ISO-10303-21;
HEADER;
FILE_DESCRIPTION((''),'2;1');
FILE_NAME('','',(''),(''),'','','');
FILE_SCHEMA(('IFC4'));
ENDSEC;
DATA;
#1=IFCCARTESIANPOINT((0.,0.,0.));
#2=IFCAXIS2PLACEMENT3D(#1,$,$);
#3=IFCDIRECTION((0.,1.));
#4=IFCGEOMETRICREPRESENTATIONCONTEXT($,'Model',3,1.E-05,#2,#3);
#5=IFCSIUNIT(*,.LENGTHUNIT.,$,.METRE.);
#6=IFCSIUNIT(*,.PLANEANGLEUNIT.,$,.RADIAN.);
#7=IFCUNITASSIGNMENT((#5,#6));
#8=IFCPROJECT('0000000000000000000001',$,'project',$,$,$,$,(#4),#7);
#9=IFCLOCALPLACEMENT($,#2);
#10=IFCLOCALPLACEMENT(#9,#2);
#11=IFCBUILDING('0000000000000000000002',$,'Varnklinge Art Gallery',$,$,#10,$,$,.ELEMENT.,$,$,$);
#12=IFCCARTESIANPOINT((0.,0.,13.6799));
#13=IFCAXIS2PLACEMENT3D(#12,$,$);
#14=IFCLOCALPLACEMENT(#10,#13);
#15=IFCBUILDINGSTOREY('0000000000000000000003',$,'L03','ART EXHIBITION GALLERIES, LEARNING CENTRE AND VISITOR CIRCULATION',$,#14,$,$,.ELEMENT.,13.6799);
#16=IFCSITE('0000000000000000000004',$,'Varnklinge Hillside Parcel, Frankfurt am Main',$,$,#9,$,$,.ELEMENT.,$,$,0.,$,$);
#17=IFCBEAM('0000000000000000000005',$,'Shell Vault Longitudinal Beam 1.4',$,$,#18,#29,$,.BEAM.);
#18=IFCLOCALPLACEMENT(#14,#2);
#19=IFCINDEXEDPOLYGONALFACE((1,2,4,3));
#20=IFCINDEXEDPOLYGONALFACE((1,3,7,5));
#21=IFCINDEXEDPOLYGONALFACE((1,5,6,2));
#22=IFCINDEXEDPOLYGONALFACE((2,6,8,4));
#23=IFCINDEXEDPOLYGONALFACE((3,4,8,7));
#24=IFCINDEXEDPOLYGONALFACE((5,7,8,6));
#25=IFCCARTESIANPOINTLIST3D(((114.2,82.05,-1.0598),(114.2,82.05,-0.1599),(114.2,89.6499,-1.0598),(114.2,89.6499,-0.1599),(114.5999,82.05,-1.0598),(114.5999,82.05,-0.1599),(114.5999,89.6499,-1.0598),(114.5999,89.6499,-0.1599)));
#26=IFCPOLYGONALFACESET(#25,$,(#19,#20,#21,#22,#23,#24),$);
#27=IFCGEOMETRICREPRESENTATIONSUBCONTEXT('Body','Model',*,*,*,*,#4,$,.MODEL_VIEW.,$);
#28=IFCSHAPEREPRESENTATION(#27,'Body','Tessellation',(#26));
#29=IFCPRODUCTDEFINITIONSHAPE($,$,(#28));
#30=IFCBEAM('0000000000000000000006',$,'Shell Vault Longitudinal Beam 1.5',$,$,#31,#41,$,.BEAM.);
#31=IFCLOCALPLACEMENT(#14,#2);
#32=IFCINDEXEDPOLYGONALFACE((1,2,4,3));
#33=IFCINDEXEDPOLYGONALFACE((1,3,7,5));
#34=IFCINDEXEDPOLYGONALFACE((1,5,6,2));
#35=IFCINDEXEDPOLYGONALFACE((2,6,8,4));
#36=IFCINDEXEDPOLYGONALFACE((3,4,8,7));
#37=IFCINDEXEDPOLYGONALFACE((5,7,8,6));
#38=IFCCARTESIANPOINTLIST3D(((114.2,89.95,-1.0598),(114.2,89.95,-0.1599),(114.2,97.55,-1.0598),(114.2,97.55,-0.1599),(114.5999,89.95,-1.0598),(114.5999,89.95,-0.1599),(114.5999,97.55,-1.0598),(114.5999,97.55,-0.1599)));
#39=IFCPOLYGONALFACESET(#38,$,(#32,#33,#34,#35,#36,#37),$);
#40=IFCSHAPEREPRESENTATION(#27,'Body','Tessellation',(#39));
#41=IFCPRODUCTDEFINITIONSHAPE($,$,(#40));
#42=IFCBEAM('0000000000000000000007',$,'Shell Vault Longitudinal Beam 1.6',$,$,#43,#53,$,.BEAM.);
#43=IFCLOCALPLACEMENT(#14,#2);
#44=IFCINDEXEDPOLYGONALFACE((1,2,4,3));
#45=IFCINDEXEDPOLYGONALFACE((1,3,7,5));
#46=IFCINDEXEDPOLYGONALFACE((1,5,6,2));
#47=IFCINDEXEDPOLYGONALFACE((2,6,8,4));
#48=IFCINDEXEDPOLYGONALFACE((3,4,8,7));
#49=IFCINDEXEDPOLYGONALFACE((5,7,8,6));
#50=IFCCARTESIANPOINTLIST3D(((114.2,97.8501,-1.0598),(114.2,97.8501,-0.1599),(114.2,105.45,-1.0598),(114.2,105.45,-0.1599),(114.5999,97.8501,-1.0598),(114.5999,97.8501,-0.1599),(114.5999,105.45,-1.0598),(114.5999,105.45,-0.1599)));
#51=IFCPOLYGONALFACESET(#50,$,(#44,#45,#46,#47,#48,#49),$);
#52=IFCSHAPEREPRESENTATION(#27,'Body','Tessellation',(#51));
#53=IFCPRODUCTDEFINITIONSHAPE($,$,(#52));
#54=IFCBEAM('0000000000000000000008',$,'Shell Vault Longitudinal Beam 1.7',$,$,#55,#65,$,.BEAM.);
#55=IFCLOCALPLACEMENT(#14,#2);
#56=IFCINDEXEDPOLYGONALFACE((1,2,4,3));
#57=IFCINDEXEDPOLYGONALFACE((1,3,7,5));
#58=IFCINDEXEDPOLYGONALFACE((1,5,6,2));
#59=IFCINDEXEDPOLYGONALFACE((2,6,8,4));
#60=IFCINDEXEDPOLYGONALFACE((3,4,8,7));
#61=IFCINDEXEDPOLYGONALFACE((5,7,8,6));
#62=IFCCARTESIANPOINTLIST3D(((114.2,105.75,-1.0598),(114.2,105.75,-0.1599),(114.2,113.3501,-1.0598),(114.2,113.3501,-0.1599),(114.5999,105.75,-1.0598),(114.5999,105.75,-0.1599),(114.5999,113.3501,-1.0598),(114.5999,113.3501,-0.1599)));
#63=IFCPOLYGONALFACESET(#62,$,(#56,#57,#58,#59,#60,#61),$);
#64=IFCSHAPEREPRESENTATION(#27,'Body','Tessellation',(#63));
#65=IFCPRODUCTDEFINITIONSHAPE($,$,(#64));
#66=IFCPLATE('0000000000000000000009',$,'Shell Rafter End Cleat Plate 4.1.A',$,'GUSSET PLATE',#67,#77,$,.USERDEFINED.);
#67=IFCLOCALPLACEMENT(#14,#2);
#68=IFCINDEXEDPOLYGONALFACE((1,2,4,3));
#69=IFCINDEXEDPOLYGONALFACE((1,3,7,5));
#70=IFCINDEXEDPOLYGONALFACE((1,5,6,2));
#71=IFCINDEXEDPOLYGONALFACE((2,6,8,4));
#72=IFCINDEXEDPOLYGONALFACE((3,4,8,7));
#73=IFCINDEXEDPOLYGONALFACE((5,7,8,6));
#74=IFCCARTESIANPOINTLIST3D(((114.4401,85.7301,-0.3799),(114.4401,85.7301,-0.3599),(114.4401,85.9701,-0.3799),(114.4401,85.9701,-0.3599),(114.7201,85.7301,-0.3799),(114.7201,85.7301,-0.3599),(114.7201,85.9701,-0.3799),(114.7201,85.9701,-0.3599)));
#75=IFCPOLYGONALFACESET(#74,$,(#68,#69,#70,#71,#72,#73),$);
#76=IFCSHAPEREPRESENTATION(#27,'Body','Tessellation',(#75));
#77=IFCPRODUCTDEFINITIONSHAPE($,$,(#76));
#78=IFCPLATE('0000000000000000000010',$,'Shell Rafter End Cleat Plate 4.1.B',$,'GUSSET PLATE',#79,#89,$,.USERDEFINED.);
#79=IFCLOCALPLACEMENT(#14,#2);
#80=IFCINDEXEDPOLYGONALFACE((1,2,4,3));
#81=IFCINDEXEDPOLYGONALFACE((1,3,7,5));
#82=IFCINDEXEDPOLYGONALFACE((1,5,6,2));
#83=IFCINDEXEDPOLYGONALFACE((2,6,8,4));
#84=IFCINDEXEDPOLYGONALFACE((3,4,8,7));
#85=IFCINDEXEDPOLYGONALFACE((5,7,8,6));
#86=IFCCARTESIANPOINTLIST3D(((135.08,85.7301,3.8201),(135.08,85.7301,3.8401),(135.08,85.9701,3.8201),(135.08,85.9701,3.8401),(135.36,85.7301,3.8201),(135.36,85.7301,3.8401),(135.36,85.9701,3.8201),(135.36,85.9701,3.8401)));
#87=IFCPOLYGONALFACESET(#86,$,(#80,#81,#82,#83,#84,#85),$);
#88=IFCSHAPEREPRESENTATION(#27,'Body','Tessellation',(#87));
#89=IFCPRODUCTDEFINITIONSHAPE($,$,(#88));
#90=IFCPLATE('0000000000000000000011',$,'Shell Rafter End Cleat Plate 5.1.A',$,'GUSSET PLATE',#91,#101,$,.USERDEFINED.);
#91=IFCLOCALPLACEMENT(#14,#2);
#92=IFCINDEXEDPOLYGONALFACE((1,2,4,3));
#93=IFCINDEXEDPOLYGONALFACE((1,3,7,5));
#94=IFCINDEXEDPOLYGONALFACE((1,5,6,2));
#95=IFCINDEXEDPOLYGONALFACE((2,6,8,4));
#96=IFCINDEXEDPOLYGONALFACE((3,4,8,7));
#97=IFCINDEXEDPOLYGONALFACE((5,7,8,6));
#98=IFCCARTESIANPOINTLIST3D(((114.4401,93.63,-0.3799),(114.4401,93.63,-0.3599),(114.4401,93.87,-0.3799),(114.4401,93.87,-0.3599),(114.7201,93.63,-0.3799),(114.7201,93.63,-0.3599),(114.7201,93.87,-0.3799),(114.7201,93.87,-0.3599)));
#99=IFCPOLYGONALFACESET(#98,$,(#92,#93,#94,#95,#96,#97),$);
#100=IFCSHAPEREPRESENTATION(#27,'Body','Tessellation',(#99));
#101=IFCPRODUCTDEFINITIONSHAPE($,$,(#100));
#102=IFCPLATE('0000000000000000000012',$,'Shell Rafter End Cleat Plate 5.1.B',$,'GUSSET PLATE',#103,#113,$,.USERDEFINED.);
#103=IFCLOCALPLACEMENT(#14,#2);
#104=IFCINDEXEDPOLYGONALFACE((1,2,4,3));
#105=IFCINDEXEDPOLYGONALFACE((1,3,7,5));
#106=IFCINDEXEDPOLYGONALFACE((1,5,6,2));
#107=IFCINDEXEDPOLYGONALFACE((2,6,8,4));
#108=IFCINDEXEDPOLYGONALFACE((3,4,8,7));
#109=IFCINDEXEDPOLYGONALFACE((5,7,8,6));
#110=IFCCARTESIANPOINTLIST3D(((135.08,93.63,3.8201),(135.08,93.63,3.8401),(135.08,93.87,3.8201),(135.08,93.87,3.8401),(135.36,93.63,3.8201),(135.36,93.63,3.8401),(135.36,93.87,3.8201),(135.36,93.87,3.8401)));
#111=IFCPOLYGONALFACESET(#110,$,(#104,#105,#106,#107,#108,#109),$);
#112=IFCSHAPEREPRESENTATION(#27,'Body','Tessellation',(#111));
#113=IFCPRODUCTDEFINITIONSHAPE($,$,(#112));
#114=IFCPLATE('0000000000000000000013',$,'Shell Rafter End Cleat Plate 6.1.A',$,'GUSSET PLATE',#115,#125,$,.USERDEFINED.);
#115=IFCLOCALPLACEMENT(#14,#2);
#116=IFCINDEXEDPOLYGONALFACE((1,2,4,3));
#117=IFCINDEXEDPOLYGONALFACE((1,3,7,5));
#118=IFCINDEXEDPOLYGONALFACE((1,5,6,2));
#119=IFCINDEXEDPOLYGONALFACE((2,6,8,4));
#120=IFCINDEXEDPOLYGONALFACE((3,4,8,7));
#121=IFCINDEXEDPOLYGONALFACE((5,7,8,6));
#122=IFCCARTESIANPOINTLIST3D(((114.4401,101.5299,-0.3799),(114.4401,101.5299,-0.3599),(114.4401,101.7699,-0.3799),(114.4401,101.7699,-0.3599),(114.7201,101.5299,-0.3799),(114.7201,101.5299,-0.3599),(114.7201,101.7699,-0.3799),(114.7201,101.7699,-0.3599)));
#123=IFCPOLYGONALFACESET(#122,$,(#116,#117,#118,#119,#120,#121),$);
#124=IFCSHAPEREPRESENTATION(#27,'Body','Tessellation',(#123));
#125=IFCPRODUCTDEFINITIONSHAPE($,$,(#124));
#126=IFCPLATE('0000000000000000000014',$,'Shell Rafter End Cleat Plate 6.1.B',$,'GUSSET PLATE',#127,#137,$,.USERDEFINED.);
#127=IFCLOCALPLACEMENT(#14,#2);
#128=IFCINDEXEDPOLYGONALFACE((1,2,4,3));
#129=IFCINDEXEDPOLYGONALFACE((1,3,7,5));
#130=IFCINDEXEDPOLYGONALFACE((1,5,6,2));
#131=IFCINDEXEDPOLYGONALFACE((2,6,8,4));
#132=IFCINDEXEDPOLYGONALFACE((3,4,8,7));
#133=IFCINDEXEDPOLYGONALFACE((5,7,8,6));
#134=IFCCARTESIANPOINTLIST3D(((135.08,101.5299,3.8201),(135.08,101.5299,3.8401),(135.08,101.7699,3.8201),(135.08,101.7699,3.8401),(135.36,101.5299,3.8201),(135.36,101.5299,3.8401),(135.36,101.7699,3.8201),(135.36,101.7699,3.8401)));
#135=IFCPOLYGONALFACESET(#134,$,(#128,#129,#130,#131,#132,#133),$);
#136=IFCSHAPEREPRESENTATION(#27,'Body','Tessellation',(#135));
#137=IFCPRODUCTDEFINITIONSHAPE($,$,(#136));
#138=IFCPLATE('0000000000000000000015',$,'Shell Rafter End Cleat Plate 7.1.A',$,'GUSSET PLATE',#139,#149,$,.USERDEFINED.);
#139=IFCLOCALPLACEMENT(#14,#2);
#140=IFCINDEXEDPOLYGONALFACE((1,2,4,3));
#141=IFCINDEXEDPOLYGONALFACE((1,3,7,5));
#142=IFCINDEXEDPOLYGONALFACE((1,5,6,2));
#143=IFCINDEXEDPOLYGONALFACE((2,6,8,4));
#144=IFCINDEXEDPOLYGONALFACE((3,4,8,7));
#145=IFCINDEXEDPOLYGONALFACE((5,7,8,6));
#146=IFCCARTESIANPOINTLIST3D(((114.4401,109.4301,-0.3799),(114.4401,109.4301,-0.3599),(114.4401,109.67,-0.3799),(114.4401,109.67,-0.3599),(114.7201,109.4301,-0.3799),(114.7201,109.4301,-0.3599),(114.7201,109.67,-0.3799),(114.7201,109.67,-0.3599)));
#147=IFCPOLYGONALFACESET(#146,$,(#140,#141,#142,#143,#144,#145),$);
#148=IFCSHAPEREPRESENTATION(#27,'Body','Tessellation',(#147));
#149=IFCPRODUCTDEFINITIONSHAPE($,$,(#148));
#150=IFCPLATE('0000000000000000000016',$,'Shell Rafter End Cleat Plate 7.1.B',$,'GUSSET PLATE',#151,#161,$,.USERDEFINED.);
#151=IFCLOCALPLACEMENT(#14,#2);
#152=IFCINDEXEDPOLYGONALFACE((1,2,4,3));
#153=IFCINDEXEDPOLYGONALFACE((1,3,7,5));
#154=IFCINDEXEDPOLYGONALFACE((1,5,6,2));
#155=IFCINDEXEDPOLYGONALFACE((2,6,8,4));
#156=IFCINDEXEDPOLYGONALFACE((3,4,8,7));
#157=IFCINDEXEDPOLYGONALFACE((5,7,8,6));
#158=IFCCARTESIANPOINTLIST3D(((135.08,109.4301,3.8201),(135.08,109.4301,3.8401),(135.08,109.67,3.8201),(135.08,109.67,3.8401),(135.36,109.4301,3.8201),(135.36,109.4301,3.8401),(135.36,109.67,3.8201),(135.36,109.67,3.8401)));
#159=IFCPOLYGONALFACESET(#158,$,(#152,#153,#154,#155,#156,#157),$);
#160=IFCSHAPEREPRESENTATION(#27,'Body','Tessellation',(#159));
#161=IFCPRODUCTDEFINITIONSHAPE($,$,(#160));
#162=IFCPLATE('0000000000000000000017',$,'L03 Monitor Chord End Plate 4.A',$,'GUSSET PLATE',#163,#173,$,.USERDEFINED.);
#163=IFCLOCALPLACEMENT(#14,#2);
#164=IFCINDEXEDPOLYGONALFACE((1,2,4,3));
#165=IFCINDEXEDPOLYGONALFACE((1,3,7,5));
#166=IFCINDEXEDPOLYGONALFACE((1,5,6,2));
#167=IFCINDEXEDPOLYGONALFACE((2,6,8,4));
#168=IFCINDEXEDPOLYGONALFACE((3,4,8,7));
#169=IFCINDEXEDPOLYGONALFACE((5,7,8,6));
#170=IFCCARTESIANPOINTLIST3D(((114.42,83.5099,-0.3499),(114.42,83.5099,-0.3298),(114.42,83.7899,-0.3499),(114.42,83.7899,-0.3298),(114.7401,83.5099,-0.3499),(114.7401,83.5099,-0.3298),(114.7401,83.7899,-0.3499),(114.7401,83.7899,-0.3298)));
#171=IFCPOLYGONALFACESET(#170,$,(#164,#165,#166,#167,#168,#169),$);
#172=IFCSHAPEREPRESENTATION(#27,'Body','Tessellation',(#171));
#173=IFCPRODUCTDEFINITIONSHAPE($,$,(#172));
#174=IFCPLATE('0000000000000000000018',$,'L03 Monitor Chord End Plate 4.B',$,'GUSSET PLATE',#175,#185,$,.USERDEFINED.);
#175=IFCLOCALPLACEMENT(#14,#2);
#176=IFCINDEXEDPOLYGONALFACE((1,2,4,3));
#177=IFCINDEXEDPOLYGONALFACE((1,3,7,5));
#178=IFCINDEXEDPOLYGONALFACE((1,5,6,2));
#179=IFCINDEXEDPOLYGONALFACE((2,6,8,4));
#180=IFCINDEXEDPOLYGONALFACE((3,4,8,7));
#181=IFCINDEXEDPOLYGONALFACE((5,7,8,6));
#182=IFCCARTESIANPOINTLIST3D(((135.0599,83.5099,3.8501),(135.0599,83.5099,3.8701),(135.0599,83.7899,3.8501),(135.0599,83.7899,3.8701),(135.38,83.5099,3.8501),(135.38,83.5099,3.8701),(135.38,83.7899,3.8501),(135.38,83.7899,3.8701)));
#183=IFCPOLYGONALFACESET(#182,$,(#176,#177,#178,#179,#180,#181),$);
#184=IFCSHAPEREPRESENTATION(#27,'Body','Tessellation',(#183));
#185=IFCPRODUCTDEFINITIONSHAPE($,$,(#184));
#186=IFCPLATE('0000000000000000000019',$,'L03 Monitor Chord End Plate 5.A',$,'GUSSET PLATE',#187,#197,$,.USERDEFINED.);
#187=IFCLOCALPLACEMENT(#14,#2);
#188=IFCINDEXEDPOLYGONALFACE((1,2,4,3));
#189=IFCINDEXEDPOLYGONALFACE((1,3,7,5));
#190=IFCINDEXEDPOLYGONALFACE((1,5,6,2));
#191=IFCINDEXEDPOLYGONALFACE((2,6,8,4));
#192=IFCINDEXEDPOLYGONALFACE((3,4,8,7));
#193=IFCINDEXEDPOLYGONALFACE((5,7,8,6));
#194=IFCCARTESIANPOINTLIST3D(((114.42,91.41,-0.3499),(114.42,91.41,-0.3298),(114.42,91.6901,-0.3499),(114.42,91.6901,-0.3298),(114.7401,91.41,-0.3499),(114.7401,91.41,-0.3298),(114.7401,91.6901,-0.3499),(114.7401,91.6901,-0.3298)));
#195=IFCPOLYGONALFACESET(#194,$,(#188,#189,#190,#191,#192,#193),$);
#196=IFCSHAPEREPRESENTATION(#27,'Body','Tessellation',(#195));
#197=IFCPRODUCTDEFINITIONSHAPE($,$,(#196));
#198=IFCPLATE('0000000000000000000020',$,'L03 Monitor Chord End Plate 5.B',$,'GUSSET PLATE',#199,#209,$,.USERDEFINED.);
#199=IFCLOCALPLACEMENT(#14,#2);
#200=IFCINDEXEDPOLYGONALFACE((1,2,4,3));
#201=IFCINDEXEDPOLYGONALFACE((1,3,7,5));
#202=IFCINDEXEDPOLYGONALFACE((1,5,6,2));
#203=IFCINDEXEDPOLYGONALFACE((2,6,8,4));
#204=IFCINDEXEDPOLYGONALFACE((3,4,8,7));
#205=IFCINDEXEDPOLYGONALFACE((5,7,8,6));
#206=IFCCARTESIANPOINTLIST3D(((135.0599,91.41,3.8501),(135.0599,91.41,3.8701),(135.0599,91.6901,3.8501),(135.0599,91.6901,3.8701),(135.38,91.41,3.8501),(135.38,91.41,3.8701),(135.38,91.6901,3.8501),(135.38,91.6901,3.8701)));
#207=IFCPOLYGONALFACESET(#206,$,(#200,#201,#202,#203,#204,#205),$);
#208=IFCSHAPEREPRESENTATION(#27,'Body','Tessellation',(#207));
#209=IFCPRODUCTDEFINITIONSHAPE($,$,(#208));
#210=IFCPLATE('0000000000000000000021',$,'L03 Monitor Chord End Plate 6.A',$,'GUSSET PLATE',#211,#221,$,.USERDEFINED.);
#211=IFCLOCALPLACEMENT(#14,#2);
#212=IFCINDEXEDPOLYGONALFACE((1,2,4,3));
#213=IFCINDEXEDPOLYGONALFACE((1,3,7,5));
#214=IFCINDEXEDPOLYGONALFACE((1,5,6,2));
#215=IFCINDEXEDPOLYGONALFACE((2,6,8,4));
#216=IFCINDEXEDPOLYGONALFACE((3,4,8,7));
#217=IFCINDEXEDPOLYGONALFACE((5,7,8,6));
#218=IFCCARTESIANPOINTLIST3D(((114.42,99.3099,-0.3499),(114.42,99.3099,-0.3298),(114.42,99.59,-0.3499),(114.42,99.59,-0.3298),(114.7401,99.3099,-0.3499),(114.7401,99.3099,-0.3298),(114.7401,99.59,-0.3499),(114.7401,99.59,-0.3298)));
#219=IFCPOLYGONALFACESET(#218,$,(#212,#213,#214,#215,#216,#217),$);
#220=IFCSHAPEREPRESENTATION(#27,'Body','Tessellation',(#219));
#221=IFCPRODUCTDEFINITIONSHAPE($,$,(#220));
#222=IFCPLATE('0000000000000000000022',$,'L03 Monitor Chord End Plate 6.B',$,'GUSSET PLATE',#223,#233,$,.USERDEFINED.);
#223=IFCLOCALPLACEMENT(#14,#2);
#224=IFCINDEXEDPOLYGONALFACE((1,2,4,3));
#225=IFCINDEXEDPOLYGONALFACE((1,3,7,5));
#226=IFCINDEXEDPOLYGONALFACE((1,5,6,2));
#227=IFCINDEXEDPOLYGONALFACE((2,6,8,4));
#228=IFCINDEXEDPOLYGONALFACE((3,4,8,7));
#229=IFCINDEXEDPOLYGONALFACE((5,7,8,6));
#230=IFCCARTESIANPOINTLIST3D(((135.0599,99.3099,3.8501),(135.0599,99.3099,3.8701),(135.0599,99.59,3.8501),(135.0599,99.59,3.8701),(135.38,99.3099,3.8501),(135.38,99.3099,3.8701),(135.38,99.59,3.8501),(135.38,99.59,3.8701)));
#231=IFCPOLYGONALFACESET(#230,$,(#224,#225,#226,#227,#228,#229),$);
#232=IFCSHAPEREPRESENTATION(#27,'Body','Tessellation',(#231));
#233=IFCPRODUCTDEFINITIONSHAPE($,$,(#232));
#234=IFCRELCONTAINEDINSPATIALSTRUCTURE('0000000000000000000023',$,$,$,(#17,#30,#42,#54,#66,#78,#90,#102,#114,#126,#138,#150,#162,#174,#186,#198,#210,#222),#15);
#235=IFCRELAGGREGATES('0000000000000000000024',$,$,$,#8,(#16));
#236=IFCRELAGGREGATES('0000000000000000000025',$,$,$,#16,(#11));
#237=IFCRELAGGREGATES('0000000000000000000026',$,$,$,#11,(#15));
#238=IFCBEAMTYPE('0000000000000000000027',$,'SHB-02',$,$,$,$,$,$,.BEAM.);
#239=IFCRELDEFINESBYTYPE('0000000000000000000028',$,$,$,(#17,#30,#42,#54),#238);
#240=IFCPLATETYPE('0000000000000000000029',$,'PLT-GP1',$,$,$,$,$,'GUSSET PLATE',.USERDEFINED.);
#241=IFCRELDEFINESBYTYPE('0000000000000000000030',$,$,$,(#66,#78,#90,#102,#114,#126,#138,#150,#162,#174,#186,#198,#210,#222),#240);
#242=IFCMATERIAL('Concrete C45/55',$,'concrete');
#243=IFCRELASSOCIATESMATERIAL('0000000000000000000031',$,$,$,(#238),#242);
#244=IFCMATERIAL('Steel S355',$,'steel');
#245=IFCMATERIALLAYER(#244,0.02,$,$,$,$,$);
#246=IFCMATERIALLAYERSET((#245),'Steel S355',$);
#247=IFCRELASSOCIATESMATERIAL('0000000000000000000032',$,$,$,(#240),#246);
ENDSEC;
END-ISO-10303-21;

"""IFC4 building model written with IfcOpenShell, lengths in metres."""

from ifc_helpers import new_model, si_unit, direction, frame, origin, origin_2d, place, context, subcontext, project, spatial, rectangle, extrude, material, layer, layer_set, material_profile, profile_set, type_object, element, save


model = new_model("IFC4")

# Units and contexts
model_context = context("Model", 3, precision=1e-05, world=origin(), true_north=direction((0.0, 1.0)))
body_context = subcontext(model_context, "Body", "Model", "MODEL_VIEW")
ifc_project = project(units=[si_unit("LENGTHUNIT", "METRE"), si_unit("PLANEANGLEUNIT", "RADIAN")], contexts=[model_context])

# Site, building, storey
site_placement = place(None, origin())
site = spatial("IfcSite", under=ifc_project, at=site_placement, Name="Varnklinge Hillside Parcel, Frankfurt am Main", CompositionType="ELEMENT", RefElevation=0.0)
building_placement = place(site_placement, origin())
building = spatial("IfcBuilding", under=site, at=building_placement, Name="Varnklinge Art Gallery", CompositionType="ELEMENT")
storey_placement = place(building_placement, frame((0.0, 0.0, 13.6799)))
storey = spatial("IfcBuildingStorey", under=building, at=storey_placement, Name="L03", Description="ART EXHIBITION GALLERIES, LEARNING CENTRE AND VISITOR CIRCULATION", CompositionType="ELEMENT", Elevation=13.6799)

# Beams
ifc_material_1 = material(Name="Concrete C45/55", Category="concrete")
ifc_material_profile_1 = material_profile(ifc_material_1, rectangle(XDim=0.3999, YDim=0.8999, at=origin_2d()), Name="RC 400x900")
ifc_profile_set_1 = profile_set([ifc_material_profile_1], Name="Concrete C45/55")
beam_type_1 = type_object("IfcBeamType", Name="SHB-02", PredefinedType="BEAM", material=ifc_profile_set_1)
beam_1_placement = place(storey_placement, frame((114.3999, 82.05, -0.6099), z_axis=(0.0, 1.0, 0.0), x_axis=(-1.0, 0.0, 0.0)))
element("IfcBeam", 1, at=beam_1_placement, inside=storey, type_object=beam_type_1, Name="Shell Vault Longitudinal Beam 1.4", PredefinedType="BEAM", context=body_context, shape_type="SweptSolid", body=[
    extrude(rectangle(XDim=0.3999, YDim=0.8999, at=origin_2d()), origin(), (0.0, 0.0, 1.0), 7.5999),
])
beam_2_placement = place(storey_placement, frame((114.3999, 89.95, -0.6099), z_axis=(0.0, 1.0, 0.0), x_axis=(-1.0, 0.0, 0.0)))
element("IfcBeam", 2, at=beam_2_placement, inside=storey, type_object=beam_type_1, Name="Shell Vault Longitudinal Beam 1.5", PredefinedType="BEAM", context=body_context, shape_type="SweptSolid", body=[
    extrude(rectangle(XDim=0.3999, YDim=0.8999, at=origin_2d()), origin(), (0.0, 0.0, 1.0), 7.6001),
])
beam_3_placement = place(storey_placement, frame((114.3999, 97.8501, -0.6099), z_axis=(0.0, 1.0, 0.0), x_axis=(-1.0, 0.0, 0.0)))
element("IfcBeam", 3, at=beam_3_placement, inside=storey, type_object=beam_type_1, Name="Shell Vault Longitudinal Beam 1.6", PredefinedType="BEAM", context=body_context, shape_type="SweptSolid", body=[
    extrude(rectangle(XDim=0.3999, YDim=0.8999, at=origin_2d()), origin(), (0.0, 0.0, 1.0), 7.5999),
])
beam_4_placement = place(storey_placement, frame((114.3999, 105.75, -0.6099), z_axis=(0.0, 1.0, 0.0), x_axis=(-1.0, 0.0, 0.0)))
element("IfcBeam", 4, at=beam_4_placement, inside=storey, type_object=beam_type_1, Name="Shell Vault Longitudinal Beam 1.7", PredefinedType="BEAM", context=body_context, shape_type="SweptSolid", body=[
    extrude(rectangle(XDim=0.3999, YDim=0.8999, at=origin_2d()), origin(), (0.0, 0.0, 1.0), 7.6001),
])

# Plates
ifc_material_2 = material(Name="Steel S355", Category="steel")
ifc_layer_1 = layer(ifc_material_2, 0.02)
ifc_layer_set_1 = layer_set([ifc_layer_1], Name="Steel S355")
plate_type = type_object("IfcPlateType", Name="PLT-GP1", ElementType="GUSSET PLATE", PredefinedType="USERDEFINED", material=ifc_layer_set_1)
for number, where, z_axis, x_axis, name in (
    (5, (114.5801, 85.8501, -0.3799), (0.0, 0.0, 1.0), (1.0, 0.0, 0.0), "Shell Rafter End Cleat Plate 4.1.A"),
    (6, (135.22, 85.8501, 3.8201), (0.0, 0.0, 1.0), (1.0, 0.0, 0.0), "Shell Rafter End Cleat Plate 4.1.B"),
    (7, (114.5801, 93.75, -0.3799), (0.0, 0.0, 1.0), (1.0, 0.0, 0.0), "Shell Rafter End Cleat Plate 5.1.A"),
    (8, (135.22, 93.75, 3.8201), (0.0, 0.0, 1.0), (1.0, 0.0, 0.0), "Shell Rafter End Cleat Plate 5.1.B"),
    (9, (114.5801, 101.6499, -0.3799), (0.0, 0.0, 1.0), (1.0, 0.0, 0.0), "Shell Rafter End Cleat Plate 6.1.A"),
    (10, (135.22, 101.6499, 3.8201), (0.0, 0.0, 1.0), (1.0, 0.0, 0.0), "Shell Rafter End Cleat Plate 6.1.B"),
    (11, (114.5801, 109.55, -0.3799), (0.0, 0.0, 1.0), (1.0, 0.0, 0.0), "Shell Rafter End Cleat Plate 7.1.A"),
    (12, (135.22, 109.55, 3.8201), (0.0, 0.0, 1.0), (1.0, 0.0, 0.0), "Shell Rafter End Cleat Plate 7.1.B"),
):
    element("IfcPlate", number, at=place(storey_placement, frame(where, z_axis=z_axis, x_axis=x_axis)), inside=storey, type_object=plate_type, Name=name, ObjectType="GUSSET PLATE", PredefinedType="USERDEFINED", context=body_context, shape_type="SweptSolid", body=[
        extrude(rectangle(XDim=0.28, YDim=0.24, at=origin_2d()), origin(), (0.0, 0.0, 1.0), 0.02),
    ])
for number, where, z_axis, x_axis, name in (
    (13, (114.5801, 83.6499, -0.3499), (0.0, 0.0, 1.0), (1.0, 0.0, 0.0), "L03 Monitor Chord End Plate 4.A"),
    (14, (135.22, 83.6499, 3.8501), (0.0, 0.0, 1.0), (1.0, 0.0, 0.0), "L03 Monitor Chord End Plate 4.B"),
    (15, (114.5801, 91.55, -0.3499), (0.0, 0.0, 1.0), (1.0, 0.0, 0.0), "L03 Monitor Chord End Plate 5.A"),
    (16, (135.22, 91.55, 3.8501), (0.0, 0.0, 1.0), (1.0, 0.0, 0.0), "L03 Monitor Chord End Plate 5.B"),
    (17, (114.5801, 99.45, -0.3499), (0.0, 0.0, 1.0), (1.0, 0.0, 0.0), "L03 Monitor Chord End Plate 6.A"),
    (18, (135.22, 99.45, 3.8501), (0.0, 0.0, 1.0), (1.0, 0.0, 0.0), "L03 Monitor Chord End Plate 6.B"),
):
    element("IfcPlate", number, at=place(storey_placement, frame(where, z_axis=z_axis, x_axis=x_axis)), inside=storey, type_object=plate_type, Name=name, ObjectType="GUSSET PLATE", PredefinedType="USERDEFINED", context=body_context, shape_type="SweptSolid", body=[
        extrude(rectangle(XDim=0.3201, YDim=0.28, at=origin_2d()), origin(), (0.0, 0.0, 1.0), 0.02),
    ])

save(model, "model.ifc")
